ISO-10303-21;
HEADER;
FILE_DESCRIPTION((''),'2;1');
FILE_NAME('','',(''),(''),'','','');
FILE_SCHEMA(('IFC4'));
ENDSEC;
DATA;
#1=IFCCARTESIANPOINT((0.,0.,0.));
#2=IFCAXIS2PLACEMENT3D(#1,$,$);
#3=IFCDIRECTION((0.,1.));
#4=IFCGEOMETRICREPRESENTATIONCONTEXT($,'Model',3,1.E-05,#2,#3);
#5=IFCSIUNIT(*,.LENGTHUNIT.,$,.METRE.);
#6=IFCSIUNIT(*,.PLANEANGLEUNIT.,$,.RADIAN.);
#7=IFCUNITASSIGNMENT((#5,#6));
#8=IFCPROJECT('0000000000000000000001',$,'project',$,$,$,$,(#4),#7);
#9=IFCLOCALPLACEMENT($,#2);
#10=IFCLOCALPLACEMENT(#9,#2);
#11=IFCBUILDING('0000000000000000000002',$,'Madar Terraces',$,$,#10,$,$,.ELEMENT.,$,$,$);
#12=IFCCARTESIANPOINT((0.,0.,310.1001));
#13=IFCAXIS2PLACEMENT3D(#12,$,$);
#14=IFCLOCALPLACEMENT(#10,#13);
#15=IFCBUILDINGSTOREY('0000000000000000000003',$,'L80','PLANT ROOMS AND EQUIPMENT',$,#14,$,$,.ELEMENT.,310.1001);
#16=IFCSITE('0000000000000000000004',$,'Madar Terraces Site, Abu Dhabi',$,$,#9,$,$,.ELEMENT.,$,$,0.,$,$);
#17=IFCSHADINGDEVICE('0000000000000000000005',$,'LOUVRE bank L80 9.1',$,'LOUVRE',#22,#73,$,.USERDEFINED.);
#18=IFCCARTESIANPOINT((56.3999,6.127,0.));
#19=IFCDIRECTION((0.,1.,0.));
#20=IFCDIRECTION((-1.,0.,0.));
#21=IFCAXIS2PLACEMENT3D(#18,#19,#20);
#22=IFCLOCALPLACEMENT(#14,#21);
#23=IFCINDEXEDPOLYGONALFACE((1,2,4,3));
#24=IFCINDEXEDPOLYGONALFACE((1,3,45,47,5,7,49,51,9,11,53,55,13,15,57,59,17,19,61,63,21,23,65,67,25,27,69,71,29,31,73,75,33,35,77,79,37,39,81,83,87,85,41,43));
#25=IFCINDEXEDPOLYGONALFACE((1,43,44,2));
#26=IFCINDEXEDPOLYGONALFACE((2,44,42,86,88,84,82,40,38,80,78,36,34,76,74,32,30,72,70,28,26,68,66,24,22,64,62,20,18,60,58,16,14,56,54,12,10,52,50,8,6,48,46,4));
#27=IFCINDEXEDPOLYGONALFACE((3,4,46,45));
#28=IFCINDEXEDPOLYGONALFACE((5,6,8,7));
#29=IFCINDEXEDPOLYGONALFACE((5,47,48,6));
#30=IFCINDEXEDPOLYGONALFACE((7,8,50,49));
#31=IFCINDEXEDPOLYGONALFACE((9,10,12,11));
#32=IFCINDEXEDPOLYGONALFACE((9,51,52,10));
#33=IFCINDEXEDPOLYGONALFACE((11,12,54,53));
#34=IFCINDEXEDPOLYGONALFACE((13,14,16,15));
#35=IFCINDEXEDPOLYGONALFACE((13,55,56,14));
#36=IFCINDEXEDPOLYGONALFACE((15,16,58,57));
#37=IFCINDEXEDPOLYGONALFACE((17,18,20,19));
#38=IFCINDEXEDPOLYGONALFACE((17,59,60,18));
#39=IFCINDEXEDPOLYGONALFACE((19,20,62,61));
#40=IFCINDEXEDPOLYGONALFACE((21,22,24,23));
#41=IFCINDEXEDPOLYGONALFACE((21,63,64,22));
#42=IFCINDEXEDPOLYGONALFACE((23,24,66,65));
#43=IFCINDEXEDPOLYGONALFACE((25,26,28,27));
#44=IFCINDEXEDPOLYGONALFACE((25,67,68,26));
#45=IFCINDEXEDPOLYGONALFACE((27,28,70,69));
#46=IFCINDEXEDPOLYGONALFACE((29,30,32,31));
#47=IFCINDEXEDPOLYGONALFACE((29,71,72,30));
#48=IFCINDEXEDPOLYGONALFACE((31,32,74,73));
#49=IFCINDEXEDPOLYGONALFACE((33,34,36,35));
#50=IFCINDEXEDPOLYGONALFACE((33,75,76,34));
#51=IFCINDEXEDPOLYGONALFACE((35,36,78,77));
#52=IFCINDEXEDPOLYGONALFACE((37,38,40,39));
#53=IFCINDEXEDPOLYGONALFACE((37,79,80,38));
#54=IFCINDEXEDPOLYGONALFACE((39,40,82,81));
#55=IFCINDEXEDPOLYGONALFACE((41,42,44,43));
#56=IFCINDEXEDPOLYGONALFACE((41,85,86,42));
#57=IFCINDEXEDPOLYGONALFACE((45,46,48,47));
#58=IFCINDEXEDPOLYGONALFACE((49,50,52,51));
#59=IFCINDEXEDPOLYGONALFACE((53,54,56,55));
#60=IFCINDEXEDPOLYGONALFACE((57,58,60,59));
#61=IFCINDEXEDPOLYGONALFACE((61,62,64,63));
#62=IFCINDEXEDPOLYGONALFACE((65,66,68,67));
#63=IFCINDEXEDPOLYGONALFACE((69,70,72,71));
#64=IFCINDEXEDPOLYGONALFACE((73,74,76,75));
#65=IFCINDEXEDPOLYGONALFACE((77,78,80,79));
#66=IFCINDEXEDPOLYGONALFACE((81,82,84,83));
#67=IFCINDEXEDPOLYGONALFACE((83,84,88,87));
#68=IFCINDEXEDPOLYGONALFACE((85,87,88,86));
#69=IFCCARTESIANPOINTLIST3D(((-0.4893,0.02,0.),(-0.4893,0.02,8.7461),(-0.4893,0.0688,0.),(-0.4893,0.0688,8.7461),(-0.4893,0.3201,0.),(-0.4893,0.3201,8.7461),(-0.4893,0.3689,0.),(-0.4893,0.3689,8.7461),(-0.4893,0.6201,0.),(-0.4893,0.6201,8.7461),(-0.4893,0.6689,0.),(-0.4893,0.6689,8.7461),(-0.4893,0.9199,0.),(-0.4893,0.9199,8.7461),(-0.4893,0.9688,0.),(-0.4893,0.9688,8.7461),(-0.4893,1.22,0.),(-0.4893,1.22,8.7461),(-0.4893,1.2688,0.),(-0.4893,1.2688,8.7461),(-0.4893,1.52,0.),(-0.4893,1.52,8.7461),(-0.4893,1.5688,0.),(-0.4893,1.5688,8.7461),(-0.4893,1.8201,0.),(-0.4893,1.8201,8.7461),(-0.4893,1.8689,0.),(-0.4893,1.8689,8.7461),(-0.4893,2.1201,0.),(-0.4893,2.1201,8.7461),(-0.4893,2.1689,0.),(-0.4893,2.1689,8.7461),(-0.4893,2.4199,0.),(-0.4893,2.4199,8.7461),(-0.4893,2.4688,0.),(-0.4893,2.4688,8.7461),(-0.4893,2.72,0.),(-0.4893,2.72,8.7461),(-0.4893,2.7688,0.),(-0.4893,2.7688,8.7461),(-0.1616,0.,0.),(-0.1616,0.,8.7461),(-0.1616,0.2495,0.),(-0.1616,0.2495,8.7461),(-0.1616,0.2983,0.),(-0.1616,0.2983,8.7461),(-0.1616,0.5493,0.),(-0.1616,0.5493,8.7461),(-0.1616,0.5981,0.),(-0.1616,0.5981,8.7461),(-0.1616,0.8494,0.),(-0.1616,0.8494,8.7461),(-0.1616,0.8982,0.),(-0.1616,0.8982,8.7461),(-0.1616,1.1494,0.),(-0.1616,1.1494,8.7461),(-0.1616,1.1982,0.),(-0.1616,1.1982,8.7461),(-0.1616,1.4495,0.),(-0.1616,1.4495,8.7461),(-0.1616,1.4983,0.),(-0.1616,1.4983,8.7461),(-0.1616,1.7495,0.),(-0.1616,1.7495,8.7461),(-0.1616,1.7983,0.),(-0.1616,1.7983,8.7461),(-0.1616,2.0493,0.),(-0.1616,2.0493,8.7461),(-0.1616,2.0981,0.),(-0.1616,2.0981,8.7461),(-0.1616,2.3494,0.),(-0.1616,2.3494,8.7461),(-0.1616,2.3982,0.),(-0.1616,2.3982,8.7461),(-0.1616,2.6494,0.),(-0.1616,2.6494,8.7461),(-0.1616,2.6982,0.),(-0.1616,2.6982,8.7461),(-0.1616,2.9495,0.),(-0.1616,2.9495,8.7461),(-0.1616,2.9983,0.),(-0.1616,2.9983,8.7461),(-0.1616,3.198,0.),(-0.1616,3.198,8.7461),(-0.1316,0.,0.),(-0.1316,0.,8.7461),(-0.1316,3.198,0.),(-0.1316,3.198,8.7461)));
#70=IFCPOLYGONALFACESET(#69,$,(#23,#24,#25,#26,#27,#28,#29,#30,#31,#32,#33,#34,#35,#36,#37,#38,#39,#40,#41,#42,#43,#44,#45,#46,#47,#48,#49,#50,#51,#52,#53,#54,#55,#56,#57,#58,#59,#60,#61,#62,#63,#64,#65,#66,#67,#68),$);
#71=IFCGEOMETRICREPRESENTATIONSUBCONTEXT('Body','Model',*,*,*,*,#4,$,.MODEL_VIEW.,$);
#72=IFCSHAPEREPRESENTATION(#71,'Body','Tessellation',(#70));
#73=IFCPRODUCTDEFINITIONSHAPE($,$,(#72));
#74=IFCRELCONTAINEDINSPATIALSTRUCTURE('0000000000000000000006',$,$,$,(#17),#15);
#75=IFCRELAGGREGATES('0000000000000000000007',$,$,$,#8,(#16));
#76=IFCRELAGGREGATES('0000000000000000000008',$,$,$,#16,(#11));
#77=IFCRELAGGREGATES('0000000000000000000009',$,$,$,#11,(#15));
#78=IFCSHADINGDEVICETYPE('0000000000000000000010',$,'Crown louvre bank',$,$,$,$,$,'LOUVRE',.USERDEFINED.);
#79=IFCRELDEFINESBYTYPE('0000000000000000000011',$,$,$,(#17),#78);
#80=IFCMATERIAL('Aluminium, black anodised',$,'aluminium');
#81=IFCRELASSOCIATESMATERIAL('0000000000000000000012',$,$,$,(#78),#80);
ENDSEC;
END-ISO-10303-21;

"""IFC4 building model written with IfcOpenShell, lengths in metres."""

from ifc_helpers import new_model, si_unit, direction, frame, origin, place, context, subcontext, project, spatial, polyline, outline, extrude, material, type_object, element, save


model = new_model("IFC4")

# Units and contexts
model_context = context("Model", 3, precision=1e-05, world=origin(), true_north=direction((0.0, 1.0)))
body_context = subcontext(model_context, "Body", "Model", "MODEL_VIEW")
ifc_project = project(units=[si_unit("LENGTHUNIT", "METRE"), si_unit("PLANEANGLEUNIT", "RADIAN")], contexts=[model_context])

# Site, building, storey
site_placement = place(None, origin())
site = spatial("IfcSite", under=ifc_project, at=site_placement, Name="Madar Terraces Site, Abu Dhabi", CompositionType="ELEMENT", RefElevation=0.0)
building_placement = place(site_placement, origin())
building = spatial("IfcBuilding", under=site, at=building_placement, Name="Madar Terraces", CompositionType="ELEMENT")
storey_placement = place(building_placement, frame((0.0, 0.0, 310.1001)))
storey = spatial("IfcBuildingStorey", under=building, at=storey_placement, Name="L80", Description="PLANT ROOMS AND EQUIPMENT", CompositionType="ELEMENT", Elevation=310.1001)

# Shading device
ifc_material_1 = material(Name="Aluminium, black anodised", Category="aluminium")
shading_device_type = type_object("IfcShadingDeviceType", Name="Crown louvre bank", ElementType="LOUVRE", PredefinedType="USERDEFINED", material=ifc_material_1)
shading_device_1_placement = place(storey_placement, frame((56.3999, 6.127, 0.0), z_axis=(0.0, 1.0, 0.0), x_axis=(-1.0, 0.0, 0.0)))
element("IfcShadingDevice", 1, at=shading_device_1_placement, inside=storey, type_object=shading_device_type, Name="LOUVRE bank L80 9.1", ObjectType="LOUVRE", PredefinedType="USERDEFINED", context=body_context, shape_type="SweptSolid", body=[
    extrude(outline(polyline([(-0.1316, 0.0), (-0.1616, 0.0), (-0.1616, 0.2495), (-0.4893, 0.02), (-0.4893, 0.0688), (-0.1616, 0.2983), (-0.1616, 0.5493), (-0.4893, 0.3201), (-0.4893, 0.3689), (-0.1616, 0.5981), (-0.1616, 0.8494), (-0.4893, 0.6201), (-0.4893, 0.6689), (-0.1616, 0.8982), (-0.1616, 1.1494), (-0.4893, 0.9199), (-0.4893, 0.9688), (-0.1616, 1.1982), (-0.1616, 1.4495), (-0.4893, 1.22), (-0.4893, 1.2688), (-0.1616, 1.4983), (-0.1616, 1.7495), (-0.4893, 1.52), (-0.4893, 1.5688), (-0.1616, 1.7983), (-0.1616, 2.0493), (-0.4893, 1.8201), (-0.4893, 1.8689), (-0.1616, 2.0981), (-0.1616, 2.3494), (-0.4893, 2.1201), (-0.4893, 2.1689), (-0.1616, 2.3982), (-0.1616, 2.6494), (-0.4893, 2.4199), (-0.4893, 2.4688), (-0.1616, 2.6982), (-0.1616, 2.9495), (-0.4893, 2.72), (-0.4893, 2.7688), (-0.1616, 2.9983), (-0.1616, 3.198), (-0.1316, 3.198), (-0.1316, 0.0)])), origin(), (0.0, 0.0, 1.0), 8.7461),
])

save(model, "model.ifc")
